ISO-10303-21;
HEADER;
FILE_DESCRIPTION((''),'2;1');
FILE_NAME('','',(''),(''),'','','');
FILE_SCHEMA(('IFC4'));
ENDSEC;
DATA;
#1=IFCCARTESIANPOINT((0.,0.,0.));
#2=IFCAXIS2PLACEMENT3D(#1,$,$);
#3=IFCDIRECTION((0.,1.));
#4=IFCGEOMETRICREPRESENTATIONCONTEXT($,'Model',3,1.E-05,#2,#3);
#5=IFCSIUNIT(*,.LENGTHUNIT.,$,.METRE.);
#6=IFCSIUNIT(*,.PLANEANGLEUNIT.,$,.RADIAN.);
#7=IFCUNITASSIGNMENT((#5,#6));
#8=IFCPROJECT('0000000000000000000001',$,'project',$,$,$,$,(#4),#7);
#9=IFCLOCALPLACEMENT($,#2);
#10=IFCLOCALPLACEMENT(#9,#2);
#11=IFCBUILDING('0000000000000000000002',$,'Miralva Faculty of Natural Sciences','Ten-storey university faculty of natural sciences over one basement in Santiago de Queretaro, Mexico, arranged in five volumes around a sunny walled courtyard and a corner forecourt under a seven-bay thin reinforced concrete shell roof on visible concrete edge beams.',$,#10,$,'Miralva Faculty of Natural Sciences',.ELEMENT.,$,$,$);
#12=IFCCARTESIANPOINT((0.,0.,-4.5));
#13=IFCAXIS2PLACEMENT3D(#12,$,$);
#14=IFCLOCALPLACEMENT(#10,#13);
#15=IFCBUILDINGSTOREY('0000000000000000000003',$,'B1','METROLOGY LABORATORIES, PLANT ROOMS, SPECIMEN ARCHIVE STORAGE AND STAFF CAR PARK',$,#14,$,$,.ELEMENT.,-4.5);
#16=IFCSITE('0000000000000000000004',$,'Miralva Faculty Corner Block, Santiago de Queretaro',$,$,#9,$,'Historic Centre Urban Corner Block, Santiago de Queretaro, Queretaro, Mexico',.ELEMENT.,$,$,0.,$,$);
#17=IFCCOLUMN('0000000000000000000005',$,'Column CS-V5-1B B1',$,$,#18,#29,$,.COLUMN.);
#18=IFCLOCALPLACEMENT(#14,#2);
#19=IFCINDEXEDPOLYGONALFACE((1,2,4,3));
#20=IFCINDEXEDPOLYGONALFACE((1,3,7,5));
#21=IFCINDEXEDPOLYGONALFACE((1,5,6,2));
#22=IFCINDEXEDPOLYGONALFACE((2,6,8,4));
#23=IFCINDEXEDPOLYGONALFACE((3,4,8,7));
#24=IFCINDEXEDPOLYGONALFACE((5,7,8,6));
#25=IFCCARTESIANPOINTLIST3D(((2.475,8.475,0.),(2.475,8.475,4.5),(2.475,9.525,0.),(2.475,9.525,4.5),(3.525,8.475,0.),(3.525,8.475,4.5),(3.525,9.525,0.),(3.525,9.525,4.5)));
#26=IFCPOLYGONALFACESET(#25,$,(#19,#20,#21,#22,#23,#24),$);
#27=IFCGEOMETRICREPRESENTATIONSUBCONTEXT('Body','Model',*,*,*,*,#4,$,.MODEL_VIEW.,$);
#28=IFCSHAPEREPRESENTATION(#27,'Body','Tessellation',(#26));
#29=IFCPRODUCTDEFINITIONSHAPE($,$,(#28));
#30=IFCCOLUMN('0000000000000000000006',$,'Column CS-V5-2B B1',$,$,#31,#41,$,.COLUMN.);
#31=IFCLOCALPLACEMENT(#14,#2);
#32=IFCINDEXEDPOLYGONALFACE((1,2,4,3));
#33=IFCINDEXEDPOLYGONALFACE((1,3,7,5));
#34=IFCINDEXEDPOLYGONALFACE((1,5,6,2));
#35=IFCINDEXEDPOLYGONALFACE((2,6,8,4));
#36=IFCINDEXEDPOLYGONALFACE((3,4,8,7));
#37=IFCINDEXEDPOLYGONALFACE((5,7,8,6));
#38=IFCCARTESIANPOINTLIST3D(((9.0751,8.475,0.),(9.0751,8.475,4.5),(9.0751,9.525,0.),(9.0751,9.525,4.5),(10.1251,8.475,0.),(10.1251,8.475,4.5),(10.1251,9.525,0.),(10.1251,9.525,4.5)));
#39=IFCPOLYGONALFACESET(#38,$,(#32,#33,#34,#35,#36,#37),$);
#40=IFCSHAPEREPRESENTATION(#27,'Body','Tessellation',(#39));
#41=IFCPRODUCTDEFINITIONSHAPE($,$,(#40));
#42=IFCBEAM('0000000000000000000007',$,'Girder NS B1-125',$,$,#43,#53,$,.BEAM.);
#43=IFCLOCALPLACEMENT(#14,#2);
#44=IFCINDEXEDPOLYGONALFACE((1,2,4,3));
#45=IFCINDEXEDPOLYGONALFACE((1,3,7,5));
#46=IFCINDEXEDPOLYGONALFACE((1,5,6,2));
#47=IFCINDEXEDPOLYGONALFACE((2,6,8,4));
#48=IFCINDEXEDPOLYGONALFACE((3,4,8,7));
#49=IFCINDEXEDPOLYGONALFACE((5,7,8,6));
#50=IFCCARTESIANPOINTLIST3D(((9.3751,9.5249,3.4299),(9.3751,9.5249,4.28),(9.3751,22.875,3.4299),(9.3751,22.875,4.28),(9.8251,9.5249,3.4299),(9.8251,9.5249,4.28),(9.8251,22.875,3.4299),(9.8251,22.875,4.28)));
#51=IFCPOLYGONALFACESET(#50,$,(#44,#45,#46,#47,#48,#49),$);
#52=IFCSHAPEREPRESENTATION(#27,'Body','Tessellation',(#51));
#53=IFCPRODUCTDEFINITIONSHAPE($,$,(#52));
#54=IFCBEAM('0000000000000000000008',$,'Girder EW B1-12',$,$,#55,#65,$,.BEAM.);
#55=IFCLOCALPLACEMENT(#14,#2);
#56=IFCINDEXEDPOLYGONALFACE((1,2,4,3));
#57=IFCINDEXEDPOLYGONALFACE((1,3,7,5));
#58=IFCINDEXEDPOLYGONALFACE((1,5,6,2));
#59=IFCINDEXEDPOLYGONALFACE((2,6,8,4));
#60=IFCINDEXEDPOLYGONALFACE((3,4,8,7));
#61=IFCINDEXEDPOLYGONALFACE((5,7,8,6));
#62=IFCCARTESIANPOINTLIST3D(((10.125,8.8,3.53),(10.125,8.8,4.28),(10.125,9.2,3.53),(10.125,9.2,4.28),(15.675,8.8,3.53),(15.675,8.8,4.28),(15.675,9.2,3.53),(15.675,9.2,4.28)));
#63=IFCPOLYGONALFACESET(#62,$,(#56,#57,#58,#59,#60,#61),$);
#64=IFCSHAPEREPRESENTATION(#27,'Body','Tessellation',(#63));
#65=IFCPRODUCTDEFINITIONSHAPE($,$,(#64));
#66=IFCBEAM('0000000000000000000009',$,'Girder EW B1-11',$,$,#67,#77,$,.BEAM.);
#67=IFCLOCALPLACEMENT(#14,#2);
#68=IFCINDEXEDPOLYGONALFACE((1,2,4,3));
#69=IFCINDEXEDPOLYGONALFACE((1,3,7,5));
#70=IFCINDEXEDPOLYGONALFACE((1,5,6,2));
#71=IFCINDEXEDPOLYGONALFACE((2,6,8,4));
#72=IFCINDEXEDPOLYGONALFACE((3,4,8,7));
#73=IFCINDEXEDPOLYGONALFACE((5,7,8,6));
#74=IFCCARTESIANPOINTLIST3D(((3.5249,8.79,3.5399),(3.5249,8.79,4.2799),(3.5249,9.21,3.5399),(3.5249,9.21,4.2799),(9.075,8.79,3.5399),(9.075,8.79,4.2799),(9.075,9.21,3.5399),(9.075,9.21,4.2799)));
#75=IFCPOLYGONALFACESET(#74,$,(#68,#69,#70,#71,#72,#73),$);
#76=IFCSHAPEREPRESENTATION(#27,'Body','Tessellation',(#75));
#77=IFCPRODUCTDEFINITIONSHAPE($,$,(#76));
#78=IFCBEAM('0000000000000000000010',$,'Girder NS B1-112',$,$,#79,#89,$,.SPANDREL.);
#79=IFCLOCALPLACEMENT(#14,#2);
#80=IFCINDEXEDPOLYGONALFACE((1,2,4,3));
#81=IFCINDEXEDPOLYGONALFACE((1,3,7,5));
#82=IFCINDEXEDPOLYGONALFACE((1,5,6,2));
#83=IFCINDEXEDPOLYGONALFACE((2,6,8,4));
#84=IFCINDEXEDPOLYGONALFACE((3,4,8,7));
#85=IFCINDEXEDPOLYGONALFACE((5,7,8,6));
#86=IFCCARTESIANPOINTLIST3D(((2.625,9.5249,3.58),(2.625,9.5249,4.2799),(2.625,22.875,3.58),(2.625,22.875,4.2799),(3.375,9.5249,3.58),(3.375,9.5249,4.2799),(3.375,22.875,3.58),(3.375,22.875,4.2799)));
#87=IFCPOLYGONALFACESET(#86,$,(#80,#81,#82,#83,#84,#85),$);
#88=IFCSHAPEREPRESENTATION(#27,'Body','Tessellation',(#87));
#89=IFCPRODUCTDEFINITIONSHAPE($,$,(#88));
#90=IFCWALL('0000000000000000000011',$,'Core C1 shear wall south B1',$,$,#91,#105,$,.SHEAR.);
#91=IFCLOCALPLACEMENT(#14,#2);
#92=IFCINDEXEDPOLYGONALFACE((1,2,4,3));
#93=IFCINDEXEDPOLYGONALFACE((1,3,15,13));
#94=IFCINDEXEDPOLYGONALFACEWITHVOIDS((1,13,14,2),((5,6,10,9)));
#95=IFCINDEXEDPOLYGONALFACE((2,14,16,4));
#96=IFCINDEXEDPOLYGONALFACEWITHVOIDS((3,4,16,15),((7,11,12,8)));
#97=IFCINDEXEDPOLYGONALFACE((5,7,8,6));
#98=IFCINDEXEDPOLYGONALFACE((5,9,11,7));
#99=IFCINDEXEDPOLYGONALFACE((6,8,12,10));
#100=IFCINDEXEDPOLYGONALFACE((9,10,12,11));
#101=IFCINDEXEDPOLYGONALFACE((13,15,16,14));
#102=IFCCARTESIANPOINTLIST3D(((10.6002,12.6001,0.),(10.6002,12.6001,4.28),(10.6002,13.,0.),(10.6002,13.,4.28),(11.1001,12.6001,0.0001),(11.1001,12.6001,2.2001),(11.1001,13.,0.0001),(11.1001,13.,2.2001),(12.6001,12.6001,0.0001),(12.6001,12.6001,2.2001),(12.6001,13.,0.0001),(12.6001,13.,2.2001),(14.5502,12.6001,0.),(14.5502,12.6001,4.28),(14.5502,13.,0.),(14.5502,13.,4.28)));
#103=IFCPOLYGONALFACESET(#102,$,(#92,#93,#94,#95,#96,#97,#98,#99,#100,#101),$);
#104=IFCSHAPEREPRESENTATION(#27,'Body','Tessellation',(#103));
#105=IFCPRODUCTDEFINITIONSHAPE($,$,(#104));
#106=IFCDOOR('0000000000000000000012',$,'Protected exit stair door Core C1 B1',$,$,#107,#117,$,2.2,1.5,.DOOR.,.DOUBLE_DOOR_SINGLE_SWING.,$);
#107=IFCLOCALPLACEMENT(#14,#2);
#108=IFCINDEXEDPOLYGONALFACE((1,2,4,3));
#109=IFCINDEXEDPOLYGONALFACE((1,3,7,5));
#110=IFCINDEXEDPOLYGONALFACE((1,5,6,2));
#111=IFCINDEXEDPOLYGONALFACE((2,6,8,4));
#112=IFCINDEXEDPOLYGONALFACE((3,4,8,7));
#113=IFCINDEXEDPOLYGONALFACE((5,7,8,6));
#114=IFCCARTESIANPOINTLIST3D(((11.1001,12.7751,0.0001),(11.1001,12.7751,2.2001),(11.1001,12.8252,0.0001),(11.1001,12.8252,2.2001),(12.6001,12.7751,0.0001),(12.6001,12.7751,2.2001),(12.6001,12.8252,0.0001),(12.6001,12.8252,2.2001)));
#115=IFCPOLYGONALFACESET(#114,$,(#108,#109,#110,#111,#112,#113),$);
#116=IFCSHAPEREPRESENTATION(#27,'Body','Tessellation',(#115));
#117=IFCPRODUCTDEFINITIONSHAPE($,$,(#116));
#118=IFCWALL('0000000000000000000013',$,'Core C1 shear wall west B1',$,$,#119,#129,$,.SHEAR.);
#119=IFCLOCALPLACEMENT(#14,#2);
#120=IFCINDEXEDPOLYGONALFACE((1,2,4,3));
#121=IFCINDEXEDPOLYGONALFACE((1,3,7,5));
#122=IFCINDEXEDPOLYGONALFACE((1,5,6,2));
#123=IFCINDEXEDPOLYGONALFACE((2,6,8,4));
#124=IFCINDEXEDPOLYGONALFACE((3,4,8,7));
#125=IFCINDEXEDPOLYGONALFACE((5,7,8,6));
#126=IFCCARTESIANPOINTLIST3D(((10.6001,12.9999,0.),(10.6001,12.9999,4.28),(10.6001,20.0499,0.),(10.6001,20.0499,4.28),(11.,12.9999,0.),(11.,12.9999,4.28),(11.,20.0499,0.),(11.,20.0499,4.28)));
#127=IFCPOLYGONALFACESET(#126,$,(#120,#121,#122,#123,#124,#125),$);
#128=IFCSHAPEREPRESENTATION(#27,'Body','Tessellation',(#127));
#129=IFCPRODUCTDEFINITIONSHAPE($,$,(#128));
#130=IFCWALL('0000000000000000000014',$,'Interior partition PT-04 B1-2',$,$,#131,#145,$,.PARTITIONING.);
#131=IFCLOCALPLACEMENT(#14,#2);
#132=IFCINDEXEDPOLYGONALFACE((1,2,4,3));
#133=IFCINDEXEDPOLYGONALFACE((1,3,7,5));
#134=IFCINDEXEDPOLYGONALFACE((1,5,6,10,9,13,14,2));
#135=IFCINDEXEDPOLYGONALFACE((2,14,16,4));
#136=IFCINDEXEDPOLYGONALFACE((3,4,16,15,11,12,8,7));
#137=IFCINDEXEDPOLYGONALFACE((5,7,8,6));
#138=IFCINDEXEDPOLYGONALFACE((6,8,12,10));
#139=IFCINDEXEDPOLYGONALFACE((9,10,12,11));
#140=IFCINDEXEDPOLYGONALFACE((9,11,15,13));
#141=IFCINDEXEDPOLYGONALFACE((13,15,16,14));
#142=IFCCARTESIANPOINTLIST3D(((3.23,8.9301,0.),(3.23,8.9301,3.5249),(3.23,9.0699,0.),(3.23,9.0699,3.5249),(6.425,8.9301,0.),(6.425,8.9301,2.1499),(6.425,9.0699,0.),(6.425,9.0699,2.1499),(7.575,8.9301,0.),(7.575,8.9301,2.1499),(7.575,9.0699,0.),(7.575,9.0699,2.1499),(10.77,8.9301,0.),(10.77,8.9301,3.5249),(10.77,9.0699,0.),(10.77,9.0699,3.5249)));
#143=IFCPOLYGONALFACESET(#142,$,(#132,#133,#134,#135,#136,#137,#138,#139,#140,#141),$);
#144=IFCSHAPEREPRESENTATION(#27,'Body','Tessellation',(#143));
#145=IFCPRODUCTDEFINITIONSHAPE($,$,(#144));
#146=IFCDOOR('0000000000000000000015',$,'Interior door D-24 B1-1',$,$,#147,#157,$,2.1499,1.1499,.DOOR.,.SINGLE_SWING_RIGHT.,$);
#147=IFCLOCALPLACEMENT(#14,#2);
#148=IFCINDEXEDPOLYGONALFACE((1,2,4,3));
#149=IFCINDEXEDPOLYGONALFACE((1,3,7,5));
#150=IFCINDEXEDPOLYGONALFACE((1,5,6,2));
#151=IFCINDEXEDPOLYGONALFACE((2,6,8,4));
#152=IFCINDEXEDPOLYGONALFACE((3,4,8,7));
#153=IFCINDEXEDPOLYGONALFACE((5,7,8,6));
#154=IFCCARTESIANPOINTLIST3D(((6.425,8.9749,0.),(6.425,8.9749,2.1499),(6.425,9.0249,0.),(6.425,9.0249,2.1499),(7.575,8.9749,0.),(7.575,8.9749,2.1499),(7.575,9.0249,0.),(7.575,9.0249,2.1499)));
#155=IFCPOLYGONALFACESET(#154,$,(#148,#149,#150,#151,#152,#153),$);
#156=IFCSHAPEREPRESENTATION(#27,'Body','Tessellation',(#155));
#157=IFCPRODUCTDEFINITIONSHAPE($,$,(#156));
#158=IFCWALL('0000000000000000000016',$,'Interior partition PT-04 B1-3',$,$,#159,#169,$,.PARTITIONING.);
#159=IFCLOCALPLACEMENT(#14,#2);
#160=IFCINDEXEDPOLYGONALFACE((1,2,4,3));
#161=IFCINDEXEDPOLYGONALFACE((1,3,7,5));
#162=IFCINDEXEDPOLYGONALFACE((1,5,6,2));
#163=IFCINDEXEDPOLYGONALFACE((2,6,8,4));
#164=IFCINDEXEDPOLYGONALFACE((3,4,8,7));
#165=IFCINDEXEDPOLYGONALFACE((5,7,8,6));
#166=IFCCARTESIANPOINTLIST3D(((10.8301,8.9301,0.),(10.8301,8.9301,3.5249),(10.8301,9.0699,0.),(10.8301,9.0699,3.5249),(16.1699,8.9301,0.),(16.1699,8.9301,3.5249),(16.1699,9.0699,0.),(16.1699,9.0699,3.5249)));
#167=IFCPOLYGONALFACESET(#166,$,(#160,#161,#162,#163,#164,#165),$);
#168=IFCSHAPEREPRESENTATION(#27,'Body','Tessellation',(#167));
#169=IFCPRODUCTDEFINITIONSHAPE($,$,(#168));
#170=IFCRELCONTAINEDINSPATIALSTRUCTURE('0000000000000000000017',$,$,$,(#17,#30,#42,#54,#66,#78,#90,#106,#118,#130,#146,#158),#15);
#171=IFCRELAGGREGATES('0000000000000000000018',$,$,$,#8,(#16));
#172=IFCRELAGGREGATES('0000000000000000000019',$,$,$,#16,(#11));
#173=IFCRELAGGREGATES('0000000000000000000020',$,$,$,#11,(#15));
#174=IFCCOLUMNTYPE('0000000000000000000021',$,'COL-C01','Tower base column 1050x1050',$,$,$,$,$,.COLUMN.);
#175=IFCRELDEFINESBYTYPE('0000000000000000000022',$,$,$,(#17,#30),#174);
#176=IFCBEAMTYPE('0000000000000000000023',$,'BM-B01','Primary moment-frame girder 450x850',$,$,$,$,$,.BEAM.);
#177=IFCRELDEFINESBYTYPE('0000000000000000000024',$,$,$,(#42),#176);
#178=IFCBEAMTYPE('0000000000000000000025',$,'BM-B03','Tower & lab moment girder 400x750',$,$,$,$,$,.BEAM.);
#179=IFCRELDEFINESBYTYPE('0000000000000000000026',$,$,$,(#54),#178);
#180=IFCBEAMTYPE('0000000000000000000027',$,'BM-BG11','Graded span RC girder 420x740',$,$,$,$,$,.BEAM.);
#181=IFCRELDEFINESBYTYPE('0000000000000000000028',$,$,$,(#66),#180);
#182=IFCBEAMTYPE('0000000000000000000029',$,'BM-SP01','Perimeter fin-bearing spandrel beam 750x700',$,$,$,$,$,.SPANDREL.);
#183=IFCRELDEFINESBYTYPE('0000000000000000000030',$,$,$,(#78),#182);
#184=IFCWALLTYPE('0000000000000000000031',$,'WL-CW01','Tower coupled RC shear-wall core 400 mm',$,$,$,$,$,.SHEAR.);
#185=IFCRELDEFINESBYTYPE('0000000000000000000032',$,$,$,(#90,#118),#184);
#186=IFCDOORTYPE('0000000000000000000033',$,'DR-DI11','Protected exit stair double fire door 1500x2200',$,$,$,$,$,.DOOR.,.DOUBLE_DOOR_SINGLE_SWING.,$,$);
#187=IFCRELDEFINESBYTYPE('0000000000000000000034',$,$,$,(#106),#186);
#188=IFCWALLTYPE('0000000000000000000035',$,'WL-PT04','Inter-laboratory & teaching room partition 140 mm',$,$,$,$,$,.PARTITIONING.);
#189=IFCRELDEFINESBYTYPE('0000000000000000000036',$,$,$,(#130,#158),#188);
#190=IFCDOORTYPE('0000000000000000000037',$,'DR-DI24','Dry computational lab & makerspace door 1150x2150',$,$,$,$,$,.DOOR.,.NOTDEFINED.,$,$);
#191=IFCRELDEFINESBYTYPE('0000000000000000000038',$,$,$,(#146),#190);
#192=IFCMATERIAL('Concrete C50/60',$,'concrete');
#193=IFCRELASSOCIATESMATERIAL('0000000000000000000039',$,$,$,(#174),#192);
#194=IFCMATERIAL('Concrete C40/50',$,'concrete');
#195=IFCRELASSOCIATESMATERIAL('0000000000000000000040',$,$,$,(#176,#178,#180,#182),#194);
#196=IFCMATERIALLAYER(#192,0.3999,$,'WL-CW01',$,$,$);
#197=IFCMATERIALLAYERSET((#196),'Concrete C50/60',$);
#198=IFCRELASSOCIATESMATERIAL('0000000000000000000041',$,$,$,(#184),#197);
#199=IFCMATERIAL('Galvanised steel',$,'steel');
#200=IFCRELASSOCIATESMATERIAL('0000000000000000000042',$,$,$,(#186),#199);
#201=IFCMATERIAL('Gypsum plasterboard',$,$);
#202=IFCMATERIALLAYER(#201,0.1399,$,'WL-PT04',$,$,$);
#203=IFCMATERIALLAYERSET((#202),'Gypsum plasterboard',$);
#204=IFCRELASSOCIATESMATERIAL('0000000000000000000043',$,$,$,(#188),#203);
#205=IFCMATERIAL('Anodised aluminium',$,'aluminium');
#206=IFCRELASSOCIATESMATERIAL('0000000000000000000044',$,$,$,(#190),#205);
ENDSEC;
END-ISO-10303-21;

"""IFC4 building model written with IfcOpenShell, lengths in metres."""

from ifc_helpers import new_model, si_unit, direction, frame, frame_2d, origin, origin_2d, place, context, subcontext, project, spatial, rectangle, extrude, material, layer, layer_set, material_profile, profile_set, type_object, element, fill, save


model = new_model("IFC4")

# Units and contexts
model_context = context("Model", 3, precision=1e-05, world=origin(), true_north=direction((0.0, 1.0)))
body_context = subcontext(model_context, "Body", "Model", "MODEL_VIEW")
ifc_project = project(units=[si_unit("LENGTHUNIT", "METRE"), si_unit("PLANEANGLEUNIT", "RADIAN")], contexts=[model_context])

# Site, building, storey
site_placement = place(None, origin())
site = spatial("IfcSite", under=ifc_project, at=site_placement, Name="Miralva Faculty Corner Block, Santiago de Queretaro", LongName="Historic Centre Urban Corner Block, Santiago de Queretaro, Queretaro, Mexico", CompositionType="ELEMENT", RefElevation=0.0)
building_placement = place(site_placement, origin())
building = spatial("IfcBuilding", under=site, at=building_placement, Name="Miralva Faculty of Natural Sciences", Description="Ten-storey university faculty of natural sciences over one basement in Santiago de Queretaro, Mexico, arranged in five volumes around a sunny walled courtyard and a corner forecourt under a seven-bay thin reinforced concrete shell roof on visible concrete edge beams.", LongName="Miralva Faculty of Natural Sciences", CompositionType="ELEMENT")
storey_placement = place(building_placement, frame((0.0, 0.0, -4.5)))
storey = spatial("IfcBuildingStorey", under=building, at=storey_placement, Name="B1", Description="METROLOGY LABORATORIES, PLANT ROOMS, SPECIMEN ARCHIVE STORAGE AND STAFF CAR PARK", CompositionType="ELEMENT", Elevation=-4.5)

# Columns
ifc_material_1 = material(Name="Concrete C50/60", Category="concrete")
ifc_material_profile_1 = material_profile(ifc_material_1, rectangle(XDim=1.05, YDim=1.05, at=origin_2d()), Name="RC 1050x1050")
ifc_profile_set_1 = profile_set([ifc_material_profile_1], Name="Concrete C50/60")
column_type = type_object("IfcColumnType", Name="COL-C01", Description="Tower base column 1050x1050", PredefinedType="COLUMN", material=ifc_profile_set_1)
for number, where, z_axis, x_axis, name in (
    (1, (3.0, 9.0, 0.0), (0.0, 0.0, 1.0), (1.0, 0.0, 0.0), "Column CS-V5-1B B1"),
    (2, (9.6001, 9.0, 0.0), (0.0, 0.0, 1.0), (1.0, 0.0, 0.0), "Column CS-V5-2B B1"),
):
    element("IfcColumn", number, at=place(storey_placement, frame(where, z_axis=z_axis, x_axis=x_axis)), inside=storey, type_object=column_type, Name=name, PredefinedType="COLUMN", context=body_context, shape_type="SweptSolid", body=[
        extrude(rectangle(XDim=1.05, YDim=1.05, at=origin_2d()), origin(), (0.0, 0.0, 1.0), 4.5),
    ])

# Beams
ifc_material_2 = material(Name="Concrete C40/50", Category="concrete")
ifc_material_profile_2 = material_profile(ifc_material_2, rectangle(XDim=0.45, YDim=0.8501, at=origin_2d()), Name="RC 450x850")
ifc_profile_set_2 = profile_set([ifc_material_profile_2], Name="Concrete C40/50")
beam_type_1 = type_object("IfcBeamType", Name="BM-B01", Description="Primary moment-frame girder 450x850", PredefinedType="BEAM", material=ifc_profile_set_2)
beam_1_placement = place(storey_placement, frame((9.6001, 9.5249, 3.855), z_axis=(0.0, 1.0, 0.0), x_axis=(-1.0, 0.0, 0.0)))
element("IfcBeam", 3, at=beam_1_placement, inside=storey, type_object=beam_type_1, Name="Girder NS B1-125", PredefinedType="BEAM", context=body_context, shape_type="SweptSolid", body=[
    extrude(rectangle(XDim=0.45, YDim=0.8501, at=origin_2d()), origin(), (0.0, 0.0, 1.0), 13.3501),
])
ifc_material_profile_3 = material_profile(ifc_material_2, rectangle(XDim=0.3999, YDim=0.75, at=origin_2d()), Name="RC 400x750")
ifc_profile_set_3 = profile_set([ifc_material_profile_3], Name="Concrete C40/50")
beam_type_2 = type_object("IfcBeamType", Name="BM-B03", Description="Tower & lab moment girder 400x750", PredefinedType="BEAM", material=ifc_profile_set_3)
beam_2_placement = place(storey_placement, frame((10.125, 9.0, 3.905), z_axis=(1.0, 0.0, 0.0), x_axis=(0.0, 1.0, 0.0)))
element("IfcBeam", 4, at=beam_2_placement, inside=storey, type_object=beam_type_2, Name="Girder EW B1-12", PredefinedType="BEAM", context=body_context, shape_type="SweptSolid", body=[
    extrude(rectangle(XDim=0.3999, YDim=0.75, at=origin_2d()), origin(), (0.0, 0.0, 1.0), 5.55),
])
ifc_material_profile_4 = material_profile(ifc_material_2, rectangle(XDim=0.4199, YDim=0.74, at=origin_2d()), Name="RC 420x740")
ifc_profile_set_4 = profile_set([ifc_material_profile_4], Name="Concrete C40/50")
beam_type_3 = type_object("IfcBeamType", Name="BM-BG11", Description="Graded span RC girder 420x740", PredefinedType="BEAM", material=ifc_profile_set_4)
beam_3_placement = place(storey_placement, frame((3.5249, 9.0, 3.9099), z_axis=(1.0, 0.0, 0.0), x_axis=(0.0, 1.0, 0.0)))
element("IfcBeam", 5, at=beam_3_placement, inside=storey, type_object=beam_type_3, Name="Girder EW B1-11", PredefinedType="BEAM", context=body_context, shape_type="SweptSolid", body=[
    extrude(rectangle(XDim=0.4199, YDim=0.74, at=origin_2d()), origin(), (0.0, 0.0, 1.0), 5.55),
])
ifc_material_profile_5 = material_profile(ifc_material_2, rectangle(XDim=0.75, YDim=0.7, at=origin_2d()), Name="RC 750x700")
ifc_profile_set_5 = profile_set([ifc_material_profile_5], Name="Concrete C40/50")
beam_type_4 = type_object("IfcBeamType", Name="BM-SP01", Description="Perimeter fin-bearing spandrel beam 750x700", PredefinedType="SPANDREL", material=ifc_profile_set_5)
beam_4_placement = place(storey_placement, frame((3.0, 9.5249, 3.9299), z_axis=(0.0, 1.0, 0.0), x_axis=(-1.0, 0.0, 0.0)))
element("IfcBeam", 6, at=beam_4_placement, inside=storey, type_object=beam_type_4, Name="Girder NS B1-112", PredefinedType="SPANDREL", context=body_context, shape_type="SweptSolid", body=[
    extrude(rectangle(XDim=0.75, YDim=0.7, at=origin_2d()), origin(), (0.0, 0.0, 1.0), 13.3501),
])

# Wall, opening, door
ifc_layer_1 = layer(ifc_material_1, 0.3999, Name="WL-CW01")
ifc_layer_set_1 = layer_set([ifc_layer_1], Name="Concrete C50/60")
wall_type_1 = type_object("IfcWallType", Name="WL-CW01", Description="Tower coupled RC shear-wall core 400 mm", PredefinedType="SHEAR", material=ifc_layer_set_1)
wall_1_placement = place(storey_placement, frame((10.6001, 12.8, 0.0), z_axis=(0.0, 0.0, 1.0), x_axis=(1.0, 0.0, 0.0)))
wall_1 = element("IfcWall", 7, at=wall_1_placement, inside=storey, type_object=wall_type_1, Name="Core C1 shear wall south B1", PredefinedType="SHEAR", context=body_context, shape_type="SweptSolid", body=[
    extrude(rectangle(XDim=3.95, YDim=0.3999, at=frame_2d((1.9751, 0.0))), origin(), (0.0, 0.0, 1.0), 4.28),
])
opening_1_placement = place(wall_1_placement, frame((0.5, 0.0, 0.0)))
opening_1 = element("IfcOpeningElement", 8, at=opening_1_placement, cuts=wall_1, PredefinedType="OPENING", context=body_context, shape_type="SweptSolid", body=[
    extrude(rectangle(XDim=1.5, YDim=2.2, at=frame_2d((0.75, 1.1001))), frame((0.0, 0.21, 0.0), z_axis=(0.0, -1.0, 0.0), x_axis=(1.0, 0.0, 0.0)), (0.0, 0.0, 1.0), 0.4199),
])
ifc_material_3 = material(Name="Galvanised steel", Category="steel")
door_type_1 = type_object("IfcDoorType", Name="DR-DI11", Description="Protected exit stair double fire door 1500x2200", OperationType="DOUBLE_DOOR_SINGLE_SWING", PredefinedType="DOOR", material=ifc_material_3)
door_1_placement = place(opening_1_placement, frame((1.5, 0.0, 0.0), z_axis=(0.0, 0.0, 1.0), x_axis=(-1.0, 0.0, 0.0)))
door_1 = element("IfcDoor", 9, at=door_1_placement, inside=storey, type_object=door_type_1, Name="Protected exit stair door Core C1 B1", OperationType="DOUBLE_DOOR_SINGLE_SWING", OverallHeight=2.2, OverallWidth=1.5, PredefinedType="DOOR", context=body_context, shape_type="SweptSolid", body=[
    extrude(rectangle(XDim=1.5, YDim=2.2, at=frame_2d((0.75, 1.1001))), frame((0.0, 0.0249, 0.0), z_axis=(0.0, -1.0, 0.0), x_axis=(1.0, 0.0, 0.0)), (0.0, 0.0, 1.0), 0.05),
])
fill(opening_1, door_1)

# Wall
wall_2_placement = place(storey_placement, frame((10.8, 13.0, 0.0), z_axis=(0.0, 0.0, 1.0), x_axis=(0.0, 1.0, 0.0)))
element("IfcWall", 10, at=wall_2_placement, inside=storey, type_object=wall_type_1, Name="Core C1 shear wall west B1", PredefinedType="SHEAR", context=body_context, shape_type="SweptSolid", body=[
    extrude(rectangle(XDim=7.05, YDim=0.3999, at=frame_2d((3.5249, 0.0))), origin(), (0.0, 0.0, 1.0), 4.28),
])

# Wall, opening, door
ifc_material_4 = material(Name="Gypsum plasterboard")
ifc_layer_2 = layer(ifc_material_4, 0.1399, Name="WL-PT04")
ifc_layer_set_2 = layer_set([ifc_layer_2], Name="Gypsum plasterboard")
wall_type_2 = type_object("IfcWallType", Name="WL-PT04", Description="Inter-laboratory & teaching room partition 140 mm", PredefinedType="PARTITIONING", material=ifc_layer_set_2)
wall_3_placement = place(storey_placement, frame((3.23, 9.0, 0.0), z_axis=(0.0, 0.0, 1.0), x_axis=(1.0, 0.0, 0.0)))
wall_3 = element("IfcWall", 11, at=wall_3_placement, inside=storey, type_object=wall_type_2, Name="Interior partition PT-04 B1-2", PredefinedType="PARTITIONING", context=body_context, shape_type="SweptSolid", body=[
    extrude(rectangle(XDim=7.54, YDim=0.1399, at=frame_2d((3.77, 0.0))), origin(), (0.0, 0.0, 1.0), 3.5249),
])
opening_2_placement = place(wall_3_placement, frame((3.1951, 0.0, 0.0)))
opening_2 = element("IfcOpeningElement", 12, at=opening_2_placement, cuts=wall_3, PredefinedType="OPENING", context=body_context, shape_type="SweptSolid", body=[
    extrude(rectangle(XDim=1.1499, YDim=2.1499, at=frame_2d((0.575, 1.075))), frame((0.0, 0.0798, 0.0), z_axis=(0.0, -1.0, 0.0), x_axis=(1.0, 0.0, 0.0)), (0.0, 0.0, 1.0), 0.1599),
])
ifc_material_5 = material(Name="Anodised aluminium", Category="aluminium")
door_type_2 = type_object("IfcDoorType", Name="DR-DI24", Description="Dry computational lab & makerspace door 1150x2150", OperationType="NOTDEFINED", PredefinedType="DOOR", material=ifc_material_5)
door_2_placement = place(opening_2_placement, origin())
door_2 = element("IfcDoor", 13, at=door_2_placement, inside=storey, type_object=door_type_2, Name="Interior door D-24 B1-1", OperationType="SINGLE_SWING_RIGHT", OverallHeight=2.1499, OverallWidth=1.1499, PredefinedType="DOOR", context=body_context, shape_type="SweptSolid", body=[
    extrude(rectangle(XDim=1.1499, YDim=2.1499, at=frame_2d((0.575, 1.075))), frame((0.0, 0.0249, 0.0), z_axis=(0.0, -1.0, 0.0), x_axis=(1.0, 0.0, 0.0)), (0.0, 0.0, 1.0), 0.05),
])
fill(opening_2, door_2)

# Wall
wall_4_placement = place(storey_placement, frame((10.8301, 9.0, 0.0), z_axis=(0.0, 0.0, 1.0), x_axis=(1.0, 0.0, 0.0)))
element("IfcWall", 14, at=wall_4_placement, inside=storey, type_object=wall_type_2, Name="Interior partition PT-04 B1-3", PredefinedType="PARTITIONING", context=body_context, shape_type="SweptSolid", body=[
    extrude(rectangle(XDim=5.3398, YDim=0.1399, at=frame_2d((2.6699, 0.0))), origin(), (0.0, 0.0, 1.0), 3.5249),
])

save(model, "model.ifc")
